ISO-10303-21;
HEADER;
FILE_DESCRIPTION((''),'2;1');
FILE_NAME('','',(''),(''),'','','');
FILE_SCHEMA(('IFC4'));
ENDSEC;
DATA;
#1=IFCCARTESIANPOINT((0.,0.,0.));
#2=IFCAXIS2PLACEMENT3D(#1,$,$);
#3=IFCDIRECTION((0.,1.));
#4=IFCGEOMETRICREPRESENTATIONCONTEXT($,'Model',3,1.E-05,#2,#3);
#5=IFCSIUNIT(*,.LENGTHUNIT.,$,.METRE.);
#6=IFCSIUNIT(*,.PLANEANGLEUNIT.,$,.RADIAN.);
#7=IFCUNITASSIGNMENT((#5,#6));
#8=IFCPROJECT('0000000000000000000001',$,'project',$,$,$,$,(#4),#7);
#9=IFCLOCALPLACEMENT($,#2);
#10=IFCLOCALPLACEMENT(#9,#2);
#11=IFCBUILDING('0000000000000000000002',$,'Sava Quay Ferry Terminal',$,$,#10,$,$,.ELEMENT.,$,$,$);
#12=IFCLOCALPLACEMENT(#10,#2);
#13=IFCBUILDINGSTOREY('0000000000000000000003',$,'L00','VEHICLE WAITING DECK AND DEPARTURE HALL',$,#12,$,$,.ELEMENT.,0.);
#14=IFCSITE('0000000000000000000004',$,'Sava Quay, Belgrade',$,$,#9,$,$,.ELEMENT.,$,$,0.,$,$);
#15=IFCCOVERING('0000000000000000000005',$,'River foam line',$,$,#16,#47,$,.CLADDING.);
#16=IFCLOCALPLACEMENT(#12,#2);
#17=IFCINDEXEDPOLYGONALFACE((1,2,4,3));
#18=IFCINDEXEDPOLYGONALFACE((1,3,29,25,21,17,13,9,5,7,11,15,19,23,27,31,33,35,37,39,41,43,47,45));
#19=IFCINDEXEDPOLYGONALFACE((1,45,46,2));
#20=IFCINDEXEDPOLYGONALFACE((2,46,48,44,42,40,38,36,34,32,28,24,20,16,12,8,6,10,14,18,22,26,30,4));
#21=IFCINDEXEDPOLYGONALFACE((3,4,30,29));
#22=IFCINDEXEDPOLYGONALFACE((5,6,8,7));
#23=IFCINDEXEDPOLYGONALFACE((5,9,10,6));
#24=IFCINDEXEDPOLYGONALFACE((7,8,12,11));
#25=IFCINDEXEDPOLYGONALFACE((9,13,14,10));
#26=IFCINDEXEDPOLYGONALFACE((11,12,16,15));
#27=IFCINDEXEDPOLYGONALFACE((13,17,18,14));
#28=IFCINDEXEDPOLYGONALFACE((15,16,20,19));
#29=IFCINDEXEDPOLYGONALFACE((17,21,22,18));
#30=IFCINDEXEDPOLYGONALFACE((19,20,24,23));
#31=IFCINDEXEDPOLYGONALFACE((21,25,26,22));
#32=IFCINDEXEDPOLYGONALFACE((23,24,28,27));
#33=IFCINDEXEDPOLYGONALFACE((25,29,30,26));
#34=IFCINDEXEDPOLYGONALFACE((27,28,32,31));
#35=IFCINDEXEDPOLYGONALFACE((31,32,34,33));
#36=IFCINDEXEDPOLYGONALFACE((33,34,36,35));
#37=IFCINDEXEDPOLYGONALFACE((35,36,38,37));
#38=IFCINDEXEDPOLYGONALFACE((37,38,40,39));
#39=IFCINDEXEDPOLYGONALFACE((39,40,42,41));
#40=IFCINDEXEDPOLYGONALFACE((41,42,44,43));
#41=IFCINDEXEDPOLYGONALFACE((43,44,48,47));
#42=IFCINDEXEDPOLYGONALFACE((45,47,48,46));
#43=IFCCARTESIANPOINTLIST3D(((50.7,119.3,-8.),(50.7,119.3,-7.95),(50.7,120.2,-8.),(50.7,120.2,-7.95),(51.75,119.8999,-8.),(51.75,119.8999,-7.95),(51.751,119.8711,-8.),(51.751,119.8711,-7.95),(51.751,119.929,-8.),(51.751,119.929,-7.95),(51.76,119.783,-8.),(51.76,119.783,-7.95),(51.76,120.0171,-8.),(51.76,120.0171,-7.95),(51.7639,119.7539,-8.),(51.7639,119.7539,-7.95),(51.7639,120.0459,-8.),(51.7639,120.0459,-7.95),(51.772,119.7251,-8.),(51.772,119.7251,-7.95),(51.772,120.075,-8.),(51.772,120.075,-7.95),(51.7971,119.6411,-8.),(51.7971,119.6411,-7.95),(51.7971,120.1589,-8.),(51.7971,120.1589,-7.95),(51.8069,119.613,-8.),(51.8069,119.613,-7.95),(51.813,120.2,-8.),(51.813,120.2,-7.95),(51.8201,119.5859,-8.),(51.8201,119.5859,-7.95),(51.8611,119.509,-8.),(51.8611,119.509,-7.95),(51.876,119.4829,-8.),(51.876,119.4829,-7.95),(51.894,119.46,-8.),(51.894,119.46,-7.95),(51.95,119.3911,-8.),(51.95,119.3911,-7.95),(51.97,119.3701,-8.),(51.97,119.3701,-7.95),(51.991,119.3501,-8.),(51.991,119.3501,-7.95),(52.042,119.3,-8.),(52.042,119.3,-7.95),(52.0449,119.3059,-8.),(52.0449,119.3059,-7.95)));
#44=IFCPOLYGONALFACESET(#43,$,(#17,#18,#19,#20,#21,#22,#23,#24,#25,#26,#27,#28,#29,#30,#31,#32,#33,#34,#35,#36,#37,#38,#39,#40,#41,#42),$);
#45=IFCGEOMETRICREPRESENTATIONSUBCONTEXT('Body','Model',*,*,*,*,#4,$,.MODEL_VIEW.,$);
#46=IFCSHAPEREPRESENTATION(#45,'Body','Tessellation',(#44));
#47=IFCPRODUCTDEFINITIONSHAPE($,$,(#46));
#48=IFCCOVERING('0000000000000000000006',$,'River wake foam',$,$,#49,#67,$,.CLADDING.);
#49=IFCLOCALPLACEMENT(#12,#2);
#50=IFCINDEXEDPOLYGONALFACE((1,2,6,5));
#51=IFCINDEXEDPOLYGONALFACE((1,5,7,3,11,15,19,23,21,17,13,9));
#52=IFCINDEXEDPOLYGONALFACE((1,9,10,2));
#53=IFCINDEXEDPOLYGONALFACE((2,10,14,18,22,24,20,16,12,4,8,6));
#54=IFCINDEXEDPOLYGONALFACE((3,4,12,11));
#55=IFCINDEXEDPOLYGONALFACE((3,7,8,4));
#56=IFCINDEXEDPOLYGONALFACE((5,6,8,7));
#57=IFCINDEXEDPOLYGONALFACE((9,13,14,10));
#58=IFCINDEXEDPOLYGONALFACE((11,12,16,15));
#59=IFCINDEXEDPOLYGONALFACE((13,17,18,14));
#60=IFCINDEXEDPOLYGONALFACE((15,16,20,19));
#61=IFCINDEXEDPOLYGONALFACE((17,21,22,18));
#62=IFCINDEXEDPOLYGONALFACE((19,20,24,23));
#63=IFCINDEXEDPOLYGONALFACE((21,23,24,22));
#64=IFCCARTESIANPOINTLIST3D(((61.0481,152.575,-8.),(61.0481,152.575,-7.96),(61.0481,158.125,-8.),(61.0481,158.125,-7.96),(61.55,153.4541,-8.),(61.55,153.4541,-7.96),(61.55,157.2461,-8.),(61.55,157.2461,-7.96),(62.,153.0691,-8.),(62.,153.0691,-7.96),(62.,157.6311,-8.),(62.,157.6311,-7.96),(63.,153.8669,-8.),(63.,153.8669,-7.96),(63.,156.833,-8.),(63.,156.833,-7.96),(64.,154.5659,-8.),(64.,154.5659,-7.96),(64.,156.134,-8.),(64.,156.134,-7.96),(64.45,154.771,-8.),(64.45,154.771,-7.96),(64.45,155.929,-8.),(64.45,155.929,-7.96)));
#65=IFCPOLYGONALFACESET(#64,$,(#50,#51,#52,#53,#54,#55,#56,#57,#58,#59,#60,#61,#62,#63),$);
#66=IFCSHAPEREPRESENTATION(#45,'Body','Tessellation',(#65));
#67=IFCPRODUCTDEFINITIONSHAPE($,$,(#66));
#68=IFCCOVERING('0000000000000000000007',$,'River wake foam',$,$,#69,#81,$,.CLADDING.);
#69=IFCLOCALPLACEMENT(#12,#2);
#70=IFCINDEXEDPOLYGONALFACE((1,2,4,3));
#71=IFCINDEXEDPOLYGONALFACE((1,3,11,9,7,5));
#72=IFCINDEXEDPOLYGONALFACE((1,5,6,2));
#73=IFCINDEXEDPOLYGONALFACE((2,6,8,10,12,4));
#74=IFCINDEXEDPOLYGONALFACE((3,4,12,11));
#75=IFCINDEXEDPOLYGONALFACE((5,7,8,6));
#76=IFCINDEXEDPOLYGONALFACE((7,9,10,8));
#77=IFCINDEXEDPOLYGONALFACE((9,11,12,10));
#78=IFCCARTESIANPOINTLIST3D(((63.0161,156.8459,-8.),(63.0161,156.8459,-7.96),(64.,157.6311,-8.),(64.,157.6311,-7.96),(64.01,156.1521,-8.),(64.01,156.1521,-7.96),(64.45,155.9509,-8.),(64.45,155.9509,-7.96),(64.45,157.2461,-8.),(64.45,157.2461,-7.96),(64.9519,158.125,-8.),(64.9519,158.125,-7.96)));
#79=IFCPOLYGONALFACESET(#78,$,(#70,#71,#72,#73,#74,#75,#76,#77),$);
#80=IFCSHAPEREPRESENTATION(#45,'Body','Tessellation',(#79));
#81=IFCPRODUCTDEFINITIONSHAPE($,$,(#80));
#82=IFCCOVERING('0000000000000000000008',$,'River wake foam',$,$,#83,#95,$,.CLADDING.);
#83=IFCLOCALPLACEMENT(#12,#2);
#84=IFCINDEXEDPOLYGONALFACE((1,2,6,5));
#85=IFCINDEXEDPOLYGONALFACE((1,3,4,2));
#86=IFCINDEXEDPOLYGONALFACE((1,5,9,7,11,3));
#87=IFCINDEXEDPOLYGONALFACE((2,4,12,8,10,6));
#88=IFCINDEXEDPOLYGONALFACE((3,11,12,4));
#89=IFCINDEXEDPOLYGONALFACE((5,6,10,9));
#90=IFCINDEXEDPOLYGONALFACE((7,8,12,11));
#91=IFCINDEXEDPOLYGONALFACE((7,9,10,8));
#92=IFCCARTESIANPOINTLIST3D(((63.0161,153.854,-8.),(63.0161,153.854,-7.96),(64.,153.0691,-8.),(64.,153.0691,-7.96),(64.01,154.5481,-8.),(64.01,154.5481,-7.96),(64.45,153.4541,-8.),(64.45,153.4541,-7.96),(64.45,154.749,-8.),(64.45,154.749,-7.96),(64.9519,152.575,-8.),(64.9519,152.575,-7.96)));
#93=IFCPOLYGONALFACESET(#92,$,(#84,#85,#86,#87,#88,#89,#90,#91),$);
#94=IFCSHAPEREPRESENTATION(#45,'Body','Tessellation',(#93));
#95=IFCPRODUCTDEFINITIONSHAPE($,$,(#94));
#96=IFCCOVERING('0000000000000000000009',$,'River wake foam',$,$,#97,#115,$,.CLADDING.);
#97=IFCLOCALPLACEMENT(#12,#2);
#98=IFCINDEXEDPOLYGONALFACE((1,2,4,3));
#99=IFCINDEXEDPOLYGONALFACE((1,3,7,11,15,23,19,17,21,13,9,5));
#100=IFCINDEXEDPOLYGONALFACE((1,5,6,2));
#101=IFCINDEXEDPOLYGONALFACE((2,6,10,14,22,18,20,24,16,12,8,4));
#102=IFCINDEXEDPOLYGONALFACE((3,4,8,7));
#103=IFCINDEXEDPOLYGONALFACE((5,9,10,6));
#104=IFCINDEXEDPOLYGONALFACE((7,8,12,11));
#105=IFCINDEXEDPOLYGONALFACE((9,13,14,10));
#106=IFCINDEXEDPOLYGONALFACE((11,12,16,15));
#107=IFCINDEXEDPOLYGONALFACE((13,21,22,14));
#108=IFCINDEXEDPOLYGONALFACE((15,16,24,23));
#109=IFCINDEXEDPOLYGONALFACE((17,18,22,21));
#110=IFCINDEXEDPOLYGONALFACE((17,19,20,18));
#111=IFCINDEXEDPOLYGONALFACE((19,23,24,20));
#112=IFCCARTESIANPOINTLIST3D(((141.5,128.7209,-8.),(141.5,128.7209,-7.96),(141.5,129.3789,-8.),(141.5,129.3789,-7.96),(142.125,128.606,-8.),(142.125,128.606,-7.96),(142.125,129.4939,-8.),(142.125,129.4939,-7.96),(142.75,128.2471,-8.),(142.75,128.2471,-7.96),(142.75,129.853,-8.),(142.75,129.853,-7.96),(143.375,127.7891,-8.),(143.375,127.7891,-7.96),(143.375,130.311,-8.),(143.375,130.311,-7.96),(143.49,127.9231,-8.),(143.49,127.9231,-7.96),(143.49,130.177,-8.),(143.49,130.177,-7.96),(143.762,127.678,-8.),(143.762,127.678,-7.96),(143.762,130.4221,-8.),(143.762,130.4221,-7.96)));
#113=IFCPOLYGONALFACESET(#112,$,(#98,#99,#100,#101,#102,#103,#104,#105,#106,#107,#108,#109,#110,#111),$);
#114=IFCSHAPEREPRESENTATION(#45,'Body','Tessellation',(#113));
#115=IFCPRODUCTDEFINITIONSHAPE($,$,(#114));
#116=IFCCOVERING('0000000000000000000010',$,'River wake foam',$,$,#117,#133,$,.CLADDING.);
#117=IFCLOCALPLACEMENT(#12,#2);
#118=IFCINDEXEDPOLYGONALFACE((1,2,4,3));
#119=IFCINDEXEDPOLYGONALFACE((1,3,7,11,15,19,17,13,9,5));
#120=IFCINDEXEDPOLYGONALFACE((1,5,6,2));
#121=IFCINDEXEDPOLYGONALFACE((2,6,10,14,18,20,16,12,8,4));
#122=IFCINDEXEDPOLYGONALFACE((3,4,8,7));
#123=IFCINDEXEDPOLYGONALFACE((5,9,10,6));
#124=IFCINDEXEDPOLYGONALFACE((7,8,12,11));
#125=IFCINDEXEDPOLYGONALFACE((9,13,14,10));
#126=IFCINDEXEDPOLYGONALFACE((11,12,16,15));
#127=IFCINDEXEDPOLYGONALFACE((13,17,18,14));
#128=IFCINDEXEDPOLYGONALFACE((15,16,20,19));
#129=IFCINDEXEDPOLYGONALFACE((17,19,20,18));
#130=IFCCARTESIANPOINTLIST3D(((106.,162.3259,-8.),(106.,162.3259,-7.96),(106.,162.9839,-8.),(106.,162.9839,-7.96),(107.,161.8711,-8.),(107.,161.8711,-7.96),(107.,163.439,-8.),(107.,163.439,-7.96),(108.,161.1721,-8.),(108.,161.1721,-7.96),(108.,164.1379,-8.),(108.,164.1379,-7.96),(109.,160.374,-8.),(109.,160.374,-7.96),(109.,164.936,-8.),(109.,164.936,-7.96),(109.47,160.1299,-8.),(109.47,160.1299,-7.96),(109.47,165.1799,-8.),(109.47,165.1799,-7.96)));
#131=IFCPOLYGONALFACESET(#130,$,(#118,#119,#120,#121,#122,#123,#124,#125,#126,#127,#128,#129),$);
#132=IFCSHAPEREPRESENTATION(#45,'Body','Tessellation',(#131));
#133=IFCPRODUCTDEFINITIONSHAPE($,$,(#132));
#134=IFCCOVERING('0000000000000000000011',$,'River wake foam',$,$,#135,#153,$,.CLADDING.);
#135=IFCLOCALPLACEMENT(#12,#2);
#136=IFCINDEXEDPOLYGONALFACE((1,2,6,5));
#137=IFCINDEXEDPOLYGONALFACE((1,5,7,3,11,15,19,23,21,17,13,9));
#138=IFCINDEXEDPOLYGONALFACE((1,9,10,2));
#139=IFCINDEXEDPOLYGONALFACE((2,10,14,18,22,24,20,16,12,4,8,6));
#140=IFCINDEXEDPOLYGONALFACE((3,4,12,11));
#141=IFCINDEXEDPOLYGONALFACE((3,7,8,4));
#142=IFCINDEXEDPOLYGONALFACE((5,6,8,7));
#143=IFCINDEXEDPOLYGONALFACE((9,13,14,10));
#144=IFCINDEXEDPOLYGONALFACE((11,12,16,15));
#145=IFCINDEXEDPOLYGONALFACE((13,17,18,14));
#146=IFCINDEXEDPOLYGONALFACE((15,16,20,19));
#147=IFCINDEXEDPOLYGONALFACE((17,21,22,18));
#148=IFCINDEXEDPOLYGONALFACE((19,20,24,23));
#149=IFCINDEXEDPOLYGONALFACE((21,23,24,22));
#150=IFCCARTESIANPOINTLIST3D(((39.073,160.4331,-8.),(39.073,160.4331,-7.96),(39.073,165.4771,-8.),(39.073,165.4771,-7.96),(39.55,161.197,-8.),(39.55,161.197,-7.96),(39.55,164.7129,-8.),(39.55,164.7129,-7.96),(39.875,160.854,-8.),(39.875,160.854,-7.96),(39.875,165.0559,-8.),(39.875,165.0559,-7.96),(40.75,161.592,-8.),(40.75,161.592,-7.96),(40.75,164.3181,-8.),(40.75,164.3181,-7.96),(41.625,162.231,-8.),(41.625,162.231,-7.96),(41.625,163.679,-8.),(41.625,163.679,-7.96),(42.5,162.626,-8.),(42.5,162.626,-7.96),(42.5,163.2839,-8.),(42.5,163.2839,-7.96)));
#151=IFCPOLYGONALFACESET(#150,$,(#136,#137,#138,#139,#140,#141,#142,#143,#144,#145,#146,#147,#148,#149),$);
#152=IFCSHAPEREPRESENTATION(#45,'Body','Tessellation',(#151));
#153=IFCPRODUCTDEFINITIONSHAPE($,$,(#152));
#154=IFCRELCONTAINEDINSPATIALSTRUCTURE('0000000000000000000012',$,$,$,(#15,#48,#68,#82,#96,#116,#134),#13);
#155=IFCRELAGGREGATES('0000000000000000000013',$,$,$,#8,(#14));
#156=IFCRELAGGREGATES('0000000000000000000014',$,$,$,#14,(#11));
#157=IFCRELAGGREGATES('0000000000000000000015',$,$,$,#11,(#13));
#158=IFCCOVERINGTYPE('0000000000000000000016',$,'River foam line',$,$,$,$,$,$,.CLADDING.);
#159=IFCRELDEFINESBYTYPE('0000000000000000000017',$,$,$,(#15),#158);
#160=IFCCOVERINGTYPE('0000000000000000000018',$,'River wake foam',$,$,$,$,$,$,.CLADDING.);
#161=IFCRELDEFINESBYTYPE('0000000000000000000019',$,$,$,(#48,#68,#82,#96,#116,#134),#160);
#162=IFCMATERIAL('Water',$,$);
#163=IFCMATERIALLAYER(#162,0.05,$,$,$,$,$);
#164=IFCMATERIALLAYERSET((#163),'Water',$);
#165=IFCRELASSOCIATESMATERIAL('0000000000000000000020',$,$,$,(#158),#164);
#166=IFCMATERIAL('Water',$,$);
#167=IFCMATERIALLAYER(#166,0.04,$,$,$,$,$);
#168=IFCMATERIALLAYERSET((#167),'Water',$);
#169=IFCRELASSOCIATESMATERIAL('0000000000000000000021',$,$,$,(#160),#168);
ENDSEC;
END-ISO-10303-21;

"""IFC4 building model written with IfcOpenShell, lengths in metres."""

from ifc_helpers import new_model, si_unit, direction, frame, origin, place, context, subcontext, project, spatial, polyline, outline, extrude, material, layer, layer_set, type_object, element, save


model = new_model("IFC4")

# Units and contexts
model_context = context("Model", 3, precision=1e-05, world=origin(), true_north=direction((0.0, 1.0)))
body_context = subcontext(model_context, "Body", "Model", "MODEL_VIEW")
ifc_project = project(units=[si_unit("LENGTHUNIT", "METRE"), si_unit("PLANEANGLEUNIT", "RADIAN")], contexts=[model_context])

# Site, building, storey
site_placement = place(None, origin())
site = spatial("IfcSite", under=ifc_project, at=site_placement, Name="Sava Quay, Belgrade", CompositionType="ELEMENT", RefElevation=0.0)
building_placement = place(site_placement, origin())
building = spatial("IfcBuilding", under=site, at=building_placement, Name="Sava Quay Ferry Terminal", CompositionType="ELEMENT")
storey_placement = place(building_placement, origin())
storey = spatial("IfcBuildingStorey", under=building, at=storey_placement, Name="L00", Description="VEHICLE WAITING DECK AND DEPARTURE HALL", CompositionType="ELEMENT", Elevation=0.0)

# Coverings
ifc_material_1 = material(Name="Water")
ifc_layer_1 = layer(ifc_material_1, 0.05)
ifc_layer_set_1 = layer_set([ifc_layer_1], Name="Water")
covering_type_1 = type_object("IfcCoveringType", Name="River foam line", PredefinedType="CLADDING", material=ifc_layer_set_1)
covering_1_placement = place(storey_placement, frame((0.0, 0.0, -8.0)))
element("IfcCovering", 1, at=covering_1_placement, inside=storey, type_object=covering_type_1, Name="River foam line", PredefinedType="CLADDING", context=body_context, shape_type="SweptSolid", body=[
    extrude(outline(polyline([(51.813, 120.2), (50.7, 120.2), (50.7, 119.3), (52.042, 119.3), (52.0449, 119.3059), (51.991, 119.3501), (51.97, 119.3701), (51.95, 119.3911), (51.894, 119.46), (51.876, 119.4829), (51.8611, 119.509), (51.8201, 119.5859), (51.8069, 119.613), (51.7971, 119.6411), (51.772, 119.7251), (51.7639, 119.7539), (51.76, 119.783), (51.751, 119.8711), (51.75, 119.8999), (51.751, 119.929), (51.76, 120.0171), (51.7639, 120.0459), (51.772, 120.075), (51.7971, 120.1589), (51.813, 120.2)])), origin(), (0.0, 0.0, 1.0), 0.05),
])
ifc_material_2 = material(Name="Water")
ifc_layer_2 = layer(ifc_material_2, 0.04)
ifc_layer_set_2 = layer_set([ifc_layer_2], Name="Water")
covering_type_2 = type_object("IfcCoveringType", Name="River wake foam", PredefinedType="CLADDING", material=ifc_layer_set_2)
covering_2_placement = place(storey_placement, frame((0.0, 0.0, -8.0)))
element("IfcCovering", 2, at=covering_2_placement, inside=storey, type_object=covering_type_2, Name="River wake foam", PredefinedType="CLADDING", context=body_context, shape_type="SweptSolid", body=[
    extrude(outline(polyline([(64.0, 156.134), (63.0, 156.833), (62.0, 157.6311), (61.0481, 158.125), (61.55, 157.2461), (61.55, 153.4541), (61.0481, 152.575), (62.0, 153.0691), (63.0, 153.8669), (64.0, 154.5659), (64.45, 154.771), (64.45, 155.929), (64.0, 156.134)])), origin(), (0.0, 0.0, 1.0), 0.04),
])
covering_3_placement = place(storey_placement, frame((0.0, 0.0, -8.0)))
element("IfcCovering", 3, at=covering_3_placement, inside=storey, type_object=covering_type_2, Name="River wake foam", PredefinedType="CLADDING", context=body_context, shape_type="SweptSolid", body=[
    extrude(outline(polyline([(64.0, 157.6311), (63.0161, 156.8459), (64.01, 156.1521), (64.45, 155.9509), (64.45, 157.2461), (64.9519, 158.125), (64.0, 157.6311)])), origin(), (0.0, 0.0, 1.0), 0.04),
])
covering_4_placement = place(storey_placement, frame((0.0, 0.0, -8.0)))
element("IfcCovering", 4, at=covering_4_placement, inside=storey, type_object=covering_type_2, Name="River wake foam", PredefinedType="CLADDING", context=body_context, shape_type="SweptSolid", body=[
    extrude(outline(polyline([(64.45, 153.4541), (64.45, 154.749), (64.01, 154.5481), (63.0161, 153.854), (64.0, 153.0691), (64.9519, 152.575), (64.45, 153.4541)])), origin(), (0.0, 0.0, 1.0), 0.04),
])
covering_5_placement = place(storey_placement, frame((0.0, 0.0, -8.0)))
element("IfcCovering", 5, at=covering_5_placement, inside=storey, type_object=covering_type_2, Name="River wake foam", PredefinedType="CLADDING", context=body_context, shape_type="SweptSolid", body=[
    extrude(outline(polyline([(141.5, 128.7209), (142.125, 128.606), (142.75, 128.2471), (143.375, 127.7891), (143.762, 127.678), (143.49, 127.9231), (143.49, 130.177), (143.762, 130.4221), (143.375, 130.311), (142.75, 129.853), (142.125, 129.4939), (141.5, 129.3789), (141.5, 128.7209)])), origin(), (0.0, 0.0, 1.0), 0.04),
])
covering_6_placement = place(storey_placement, frame((0.0, 0.0, -8.0)))
element("IfcCovering", 6, at=covering_6_placement, inside=storey, type_object=covering_type_2, Name="River wake foam", PredefinedType="CLADDING", context=body_context, shape_type="SweptSolid", body=[
    extrude(outline(polyline([(106.0, 162.9839), (106.0, 162.3259), (107.0, 161.8711), (108.0, 161.1721), (109.0, 160.374), (109.47, 160.1299), (109.47, 165.1799), (109.0, 164.936), (108.0, 164.1379), (107.0, 163.439), (106.0, 162.9839)])), origin(), (0.0, 0.0, 1.0), 0.04),
])
covering_7_placement = place(storey_placement, frame((0.0, 0.0, -8.0)))
element("IfcCovering", 7, at=covering_7_placement, inside=storey, type_object=covering_type_2, Name="River wake foam", PredefinedType="CLADDING", context=body_context, shape_type="SweptSolid", body=[
    extrude(outline(polyline([(40.75, 161.592), (41.625, 162.231), (42.5, 162.626), (42.5, 163.2839), (41.625, 163.679), (40.75, 164.3181), (39.875, 165.0559), (39.073, 165.4771), (39.55, 164.7129), (39.55, 161.197), (39.073, 160.4331), (39.875, 160.854), (40.75, 161.592)])), origin(), (0.0, 0.0, 1.0), 0.04),
])

save(model, "model.ifc")
